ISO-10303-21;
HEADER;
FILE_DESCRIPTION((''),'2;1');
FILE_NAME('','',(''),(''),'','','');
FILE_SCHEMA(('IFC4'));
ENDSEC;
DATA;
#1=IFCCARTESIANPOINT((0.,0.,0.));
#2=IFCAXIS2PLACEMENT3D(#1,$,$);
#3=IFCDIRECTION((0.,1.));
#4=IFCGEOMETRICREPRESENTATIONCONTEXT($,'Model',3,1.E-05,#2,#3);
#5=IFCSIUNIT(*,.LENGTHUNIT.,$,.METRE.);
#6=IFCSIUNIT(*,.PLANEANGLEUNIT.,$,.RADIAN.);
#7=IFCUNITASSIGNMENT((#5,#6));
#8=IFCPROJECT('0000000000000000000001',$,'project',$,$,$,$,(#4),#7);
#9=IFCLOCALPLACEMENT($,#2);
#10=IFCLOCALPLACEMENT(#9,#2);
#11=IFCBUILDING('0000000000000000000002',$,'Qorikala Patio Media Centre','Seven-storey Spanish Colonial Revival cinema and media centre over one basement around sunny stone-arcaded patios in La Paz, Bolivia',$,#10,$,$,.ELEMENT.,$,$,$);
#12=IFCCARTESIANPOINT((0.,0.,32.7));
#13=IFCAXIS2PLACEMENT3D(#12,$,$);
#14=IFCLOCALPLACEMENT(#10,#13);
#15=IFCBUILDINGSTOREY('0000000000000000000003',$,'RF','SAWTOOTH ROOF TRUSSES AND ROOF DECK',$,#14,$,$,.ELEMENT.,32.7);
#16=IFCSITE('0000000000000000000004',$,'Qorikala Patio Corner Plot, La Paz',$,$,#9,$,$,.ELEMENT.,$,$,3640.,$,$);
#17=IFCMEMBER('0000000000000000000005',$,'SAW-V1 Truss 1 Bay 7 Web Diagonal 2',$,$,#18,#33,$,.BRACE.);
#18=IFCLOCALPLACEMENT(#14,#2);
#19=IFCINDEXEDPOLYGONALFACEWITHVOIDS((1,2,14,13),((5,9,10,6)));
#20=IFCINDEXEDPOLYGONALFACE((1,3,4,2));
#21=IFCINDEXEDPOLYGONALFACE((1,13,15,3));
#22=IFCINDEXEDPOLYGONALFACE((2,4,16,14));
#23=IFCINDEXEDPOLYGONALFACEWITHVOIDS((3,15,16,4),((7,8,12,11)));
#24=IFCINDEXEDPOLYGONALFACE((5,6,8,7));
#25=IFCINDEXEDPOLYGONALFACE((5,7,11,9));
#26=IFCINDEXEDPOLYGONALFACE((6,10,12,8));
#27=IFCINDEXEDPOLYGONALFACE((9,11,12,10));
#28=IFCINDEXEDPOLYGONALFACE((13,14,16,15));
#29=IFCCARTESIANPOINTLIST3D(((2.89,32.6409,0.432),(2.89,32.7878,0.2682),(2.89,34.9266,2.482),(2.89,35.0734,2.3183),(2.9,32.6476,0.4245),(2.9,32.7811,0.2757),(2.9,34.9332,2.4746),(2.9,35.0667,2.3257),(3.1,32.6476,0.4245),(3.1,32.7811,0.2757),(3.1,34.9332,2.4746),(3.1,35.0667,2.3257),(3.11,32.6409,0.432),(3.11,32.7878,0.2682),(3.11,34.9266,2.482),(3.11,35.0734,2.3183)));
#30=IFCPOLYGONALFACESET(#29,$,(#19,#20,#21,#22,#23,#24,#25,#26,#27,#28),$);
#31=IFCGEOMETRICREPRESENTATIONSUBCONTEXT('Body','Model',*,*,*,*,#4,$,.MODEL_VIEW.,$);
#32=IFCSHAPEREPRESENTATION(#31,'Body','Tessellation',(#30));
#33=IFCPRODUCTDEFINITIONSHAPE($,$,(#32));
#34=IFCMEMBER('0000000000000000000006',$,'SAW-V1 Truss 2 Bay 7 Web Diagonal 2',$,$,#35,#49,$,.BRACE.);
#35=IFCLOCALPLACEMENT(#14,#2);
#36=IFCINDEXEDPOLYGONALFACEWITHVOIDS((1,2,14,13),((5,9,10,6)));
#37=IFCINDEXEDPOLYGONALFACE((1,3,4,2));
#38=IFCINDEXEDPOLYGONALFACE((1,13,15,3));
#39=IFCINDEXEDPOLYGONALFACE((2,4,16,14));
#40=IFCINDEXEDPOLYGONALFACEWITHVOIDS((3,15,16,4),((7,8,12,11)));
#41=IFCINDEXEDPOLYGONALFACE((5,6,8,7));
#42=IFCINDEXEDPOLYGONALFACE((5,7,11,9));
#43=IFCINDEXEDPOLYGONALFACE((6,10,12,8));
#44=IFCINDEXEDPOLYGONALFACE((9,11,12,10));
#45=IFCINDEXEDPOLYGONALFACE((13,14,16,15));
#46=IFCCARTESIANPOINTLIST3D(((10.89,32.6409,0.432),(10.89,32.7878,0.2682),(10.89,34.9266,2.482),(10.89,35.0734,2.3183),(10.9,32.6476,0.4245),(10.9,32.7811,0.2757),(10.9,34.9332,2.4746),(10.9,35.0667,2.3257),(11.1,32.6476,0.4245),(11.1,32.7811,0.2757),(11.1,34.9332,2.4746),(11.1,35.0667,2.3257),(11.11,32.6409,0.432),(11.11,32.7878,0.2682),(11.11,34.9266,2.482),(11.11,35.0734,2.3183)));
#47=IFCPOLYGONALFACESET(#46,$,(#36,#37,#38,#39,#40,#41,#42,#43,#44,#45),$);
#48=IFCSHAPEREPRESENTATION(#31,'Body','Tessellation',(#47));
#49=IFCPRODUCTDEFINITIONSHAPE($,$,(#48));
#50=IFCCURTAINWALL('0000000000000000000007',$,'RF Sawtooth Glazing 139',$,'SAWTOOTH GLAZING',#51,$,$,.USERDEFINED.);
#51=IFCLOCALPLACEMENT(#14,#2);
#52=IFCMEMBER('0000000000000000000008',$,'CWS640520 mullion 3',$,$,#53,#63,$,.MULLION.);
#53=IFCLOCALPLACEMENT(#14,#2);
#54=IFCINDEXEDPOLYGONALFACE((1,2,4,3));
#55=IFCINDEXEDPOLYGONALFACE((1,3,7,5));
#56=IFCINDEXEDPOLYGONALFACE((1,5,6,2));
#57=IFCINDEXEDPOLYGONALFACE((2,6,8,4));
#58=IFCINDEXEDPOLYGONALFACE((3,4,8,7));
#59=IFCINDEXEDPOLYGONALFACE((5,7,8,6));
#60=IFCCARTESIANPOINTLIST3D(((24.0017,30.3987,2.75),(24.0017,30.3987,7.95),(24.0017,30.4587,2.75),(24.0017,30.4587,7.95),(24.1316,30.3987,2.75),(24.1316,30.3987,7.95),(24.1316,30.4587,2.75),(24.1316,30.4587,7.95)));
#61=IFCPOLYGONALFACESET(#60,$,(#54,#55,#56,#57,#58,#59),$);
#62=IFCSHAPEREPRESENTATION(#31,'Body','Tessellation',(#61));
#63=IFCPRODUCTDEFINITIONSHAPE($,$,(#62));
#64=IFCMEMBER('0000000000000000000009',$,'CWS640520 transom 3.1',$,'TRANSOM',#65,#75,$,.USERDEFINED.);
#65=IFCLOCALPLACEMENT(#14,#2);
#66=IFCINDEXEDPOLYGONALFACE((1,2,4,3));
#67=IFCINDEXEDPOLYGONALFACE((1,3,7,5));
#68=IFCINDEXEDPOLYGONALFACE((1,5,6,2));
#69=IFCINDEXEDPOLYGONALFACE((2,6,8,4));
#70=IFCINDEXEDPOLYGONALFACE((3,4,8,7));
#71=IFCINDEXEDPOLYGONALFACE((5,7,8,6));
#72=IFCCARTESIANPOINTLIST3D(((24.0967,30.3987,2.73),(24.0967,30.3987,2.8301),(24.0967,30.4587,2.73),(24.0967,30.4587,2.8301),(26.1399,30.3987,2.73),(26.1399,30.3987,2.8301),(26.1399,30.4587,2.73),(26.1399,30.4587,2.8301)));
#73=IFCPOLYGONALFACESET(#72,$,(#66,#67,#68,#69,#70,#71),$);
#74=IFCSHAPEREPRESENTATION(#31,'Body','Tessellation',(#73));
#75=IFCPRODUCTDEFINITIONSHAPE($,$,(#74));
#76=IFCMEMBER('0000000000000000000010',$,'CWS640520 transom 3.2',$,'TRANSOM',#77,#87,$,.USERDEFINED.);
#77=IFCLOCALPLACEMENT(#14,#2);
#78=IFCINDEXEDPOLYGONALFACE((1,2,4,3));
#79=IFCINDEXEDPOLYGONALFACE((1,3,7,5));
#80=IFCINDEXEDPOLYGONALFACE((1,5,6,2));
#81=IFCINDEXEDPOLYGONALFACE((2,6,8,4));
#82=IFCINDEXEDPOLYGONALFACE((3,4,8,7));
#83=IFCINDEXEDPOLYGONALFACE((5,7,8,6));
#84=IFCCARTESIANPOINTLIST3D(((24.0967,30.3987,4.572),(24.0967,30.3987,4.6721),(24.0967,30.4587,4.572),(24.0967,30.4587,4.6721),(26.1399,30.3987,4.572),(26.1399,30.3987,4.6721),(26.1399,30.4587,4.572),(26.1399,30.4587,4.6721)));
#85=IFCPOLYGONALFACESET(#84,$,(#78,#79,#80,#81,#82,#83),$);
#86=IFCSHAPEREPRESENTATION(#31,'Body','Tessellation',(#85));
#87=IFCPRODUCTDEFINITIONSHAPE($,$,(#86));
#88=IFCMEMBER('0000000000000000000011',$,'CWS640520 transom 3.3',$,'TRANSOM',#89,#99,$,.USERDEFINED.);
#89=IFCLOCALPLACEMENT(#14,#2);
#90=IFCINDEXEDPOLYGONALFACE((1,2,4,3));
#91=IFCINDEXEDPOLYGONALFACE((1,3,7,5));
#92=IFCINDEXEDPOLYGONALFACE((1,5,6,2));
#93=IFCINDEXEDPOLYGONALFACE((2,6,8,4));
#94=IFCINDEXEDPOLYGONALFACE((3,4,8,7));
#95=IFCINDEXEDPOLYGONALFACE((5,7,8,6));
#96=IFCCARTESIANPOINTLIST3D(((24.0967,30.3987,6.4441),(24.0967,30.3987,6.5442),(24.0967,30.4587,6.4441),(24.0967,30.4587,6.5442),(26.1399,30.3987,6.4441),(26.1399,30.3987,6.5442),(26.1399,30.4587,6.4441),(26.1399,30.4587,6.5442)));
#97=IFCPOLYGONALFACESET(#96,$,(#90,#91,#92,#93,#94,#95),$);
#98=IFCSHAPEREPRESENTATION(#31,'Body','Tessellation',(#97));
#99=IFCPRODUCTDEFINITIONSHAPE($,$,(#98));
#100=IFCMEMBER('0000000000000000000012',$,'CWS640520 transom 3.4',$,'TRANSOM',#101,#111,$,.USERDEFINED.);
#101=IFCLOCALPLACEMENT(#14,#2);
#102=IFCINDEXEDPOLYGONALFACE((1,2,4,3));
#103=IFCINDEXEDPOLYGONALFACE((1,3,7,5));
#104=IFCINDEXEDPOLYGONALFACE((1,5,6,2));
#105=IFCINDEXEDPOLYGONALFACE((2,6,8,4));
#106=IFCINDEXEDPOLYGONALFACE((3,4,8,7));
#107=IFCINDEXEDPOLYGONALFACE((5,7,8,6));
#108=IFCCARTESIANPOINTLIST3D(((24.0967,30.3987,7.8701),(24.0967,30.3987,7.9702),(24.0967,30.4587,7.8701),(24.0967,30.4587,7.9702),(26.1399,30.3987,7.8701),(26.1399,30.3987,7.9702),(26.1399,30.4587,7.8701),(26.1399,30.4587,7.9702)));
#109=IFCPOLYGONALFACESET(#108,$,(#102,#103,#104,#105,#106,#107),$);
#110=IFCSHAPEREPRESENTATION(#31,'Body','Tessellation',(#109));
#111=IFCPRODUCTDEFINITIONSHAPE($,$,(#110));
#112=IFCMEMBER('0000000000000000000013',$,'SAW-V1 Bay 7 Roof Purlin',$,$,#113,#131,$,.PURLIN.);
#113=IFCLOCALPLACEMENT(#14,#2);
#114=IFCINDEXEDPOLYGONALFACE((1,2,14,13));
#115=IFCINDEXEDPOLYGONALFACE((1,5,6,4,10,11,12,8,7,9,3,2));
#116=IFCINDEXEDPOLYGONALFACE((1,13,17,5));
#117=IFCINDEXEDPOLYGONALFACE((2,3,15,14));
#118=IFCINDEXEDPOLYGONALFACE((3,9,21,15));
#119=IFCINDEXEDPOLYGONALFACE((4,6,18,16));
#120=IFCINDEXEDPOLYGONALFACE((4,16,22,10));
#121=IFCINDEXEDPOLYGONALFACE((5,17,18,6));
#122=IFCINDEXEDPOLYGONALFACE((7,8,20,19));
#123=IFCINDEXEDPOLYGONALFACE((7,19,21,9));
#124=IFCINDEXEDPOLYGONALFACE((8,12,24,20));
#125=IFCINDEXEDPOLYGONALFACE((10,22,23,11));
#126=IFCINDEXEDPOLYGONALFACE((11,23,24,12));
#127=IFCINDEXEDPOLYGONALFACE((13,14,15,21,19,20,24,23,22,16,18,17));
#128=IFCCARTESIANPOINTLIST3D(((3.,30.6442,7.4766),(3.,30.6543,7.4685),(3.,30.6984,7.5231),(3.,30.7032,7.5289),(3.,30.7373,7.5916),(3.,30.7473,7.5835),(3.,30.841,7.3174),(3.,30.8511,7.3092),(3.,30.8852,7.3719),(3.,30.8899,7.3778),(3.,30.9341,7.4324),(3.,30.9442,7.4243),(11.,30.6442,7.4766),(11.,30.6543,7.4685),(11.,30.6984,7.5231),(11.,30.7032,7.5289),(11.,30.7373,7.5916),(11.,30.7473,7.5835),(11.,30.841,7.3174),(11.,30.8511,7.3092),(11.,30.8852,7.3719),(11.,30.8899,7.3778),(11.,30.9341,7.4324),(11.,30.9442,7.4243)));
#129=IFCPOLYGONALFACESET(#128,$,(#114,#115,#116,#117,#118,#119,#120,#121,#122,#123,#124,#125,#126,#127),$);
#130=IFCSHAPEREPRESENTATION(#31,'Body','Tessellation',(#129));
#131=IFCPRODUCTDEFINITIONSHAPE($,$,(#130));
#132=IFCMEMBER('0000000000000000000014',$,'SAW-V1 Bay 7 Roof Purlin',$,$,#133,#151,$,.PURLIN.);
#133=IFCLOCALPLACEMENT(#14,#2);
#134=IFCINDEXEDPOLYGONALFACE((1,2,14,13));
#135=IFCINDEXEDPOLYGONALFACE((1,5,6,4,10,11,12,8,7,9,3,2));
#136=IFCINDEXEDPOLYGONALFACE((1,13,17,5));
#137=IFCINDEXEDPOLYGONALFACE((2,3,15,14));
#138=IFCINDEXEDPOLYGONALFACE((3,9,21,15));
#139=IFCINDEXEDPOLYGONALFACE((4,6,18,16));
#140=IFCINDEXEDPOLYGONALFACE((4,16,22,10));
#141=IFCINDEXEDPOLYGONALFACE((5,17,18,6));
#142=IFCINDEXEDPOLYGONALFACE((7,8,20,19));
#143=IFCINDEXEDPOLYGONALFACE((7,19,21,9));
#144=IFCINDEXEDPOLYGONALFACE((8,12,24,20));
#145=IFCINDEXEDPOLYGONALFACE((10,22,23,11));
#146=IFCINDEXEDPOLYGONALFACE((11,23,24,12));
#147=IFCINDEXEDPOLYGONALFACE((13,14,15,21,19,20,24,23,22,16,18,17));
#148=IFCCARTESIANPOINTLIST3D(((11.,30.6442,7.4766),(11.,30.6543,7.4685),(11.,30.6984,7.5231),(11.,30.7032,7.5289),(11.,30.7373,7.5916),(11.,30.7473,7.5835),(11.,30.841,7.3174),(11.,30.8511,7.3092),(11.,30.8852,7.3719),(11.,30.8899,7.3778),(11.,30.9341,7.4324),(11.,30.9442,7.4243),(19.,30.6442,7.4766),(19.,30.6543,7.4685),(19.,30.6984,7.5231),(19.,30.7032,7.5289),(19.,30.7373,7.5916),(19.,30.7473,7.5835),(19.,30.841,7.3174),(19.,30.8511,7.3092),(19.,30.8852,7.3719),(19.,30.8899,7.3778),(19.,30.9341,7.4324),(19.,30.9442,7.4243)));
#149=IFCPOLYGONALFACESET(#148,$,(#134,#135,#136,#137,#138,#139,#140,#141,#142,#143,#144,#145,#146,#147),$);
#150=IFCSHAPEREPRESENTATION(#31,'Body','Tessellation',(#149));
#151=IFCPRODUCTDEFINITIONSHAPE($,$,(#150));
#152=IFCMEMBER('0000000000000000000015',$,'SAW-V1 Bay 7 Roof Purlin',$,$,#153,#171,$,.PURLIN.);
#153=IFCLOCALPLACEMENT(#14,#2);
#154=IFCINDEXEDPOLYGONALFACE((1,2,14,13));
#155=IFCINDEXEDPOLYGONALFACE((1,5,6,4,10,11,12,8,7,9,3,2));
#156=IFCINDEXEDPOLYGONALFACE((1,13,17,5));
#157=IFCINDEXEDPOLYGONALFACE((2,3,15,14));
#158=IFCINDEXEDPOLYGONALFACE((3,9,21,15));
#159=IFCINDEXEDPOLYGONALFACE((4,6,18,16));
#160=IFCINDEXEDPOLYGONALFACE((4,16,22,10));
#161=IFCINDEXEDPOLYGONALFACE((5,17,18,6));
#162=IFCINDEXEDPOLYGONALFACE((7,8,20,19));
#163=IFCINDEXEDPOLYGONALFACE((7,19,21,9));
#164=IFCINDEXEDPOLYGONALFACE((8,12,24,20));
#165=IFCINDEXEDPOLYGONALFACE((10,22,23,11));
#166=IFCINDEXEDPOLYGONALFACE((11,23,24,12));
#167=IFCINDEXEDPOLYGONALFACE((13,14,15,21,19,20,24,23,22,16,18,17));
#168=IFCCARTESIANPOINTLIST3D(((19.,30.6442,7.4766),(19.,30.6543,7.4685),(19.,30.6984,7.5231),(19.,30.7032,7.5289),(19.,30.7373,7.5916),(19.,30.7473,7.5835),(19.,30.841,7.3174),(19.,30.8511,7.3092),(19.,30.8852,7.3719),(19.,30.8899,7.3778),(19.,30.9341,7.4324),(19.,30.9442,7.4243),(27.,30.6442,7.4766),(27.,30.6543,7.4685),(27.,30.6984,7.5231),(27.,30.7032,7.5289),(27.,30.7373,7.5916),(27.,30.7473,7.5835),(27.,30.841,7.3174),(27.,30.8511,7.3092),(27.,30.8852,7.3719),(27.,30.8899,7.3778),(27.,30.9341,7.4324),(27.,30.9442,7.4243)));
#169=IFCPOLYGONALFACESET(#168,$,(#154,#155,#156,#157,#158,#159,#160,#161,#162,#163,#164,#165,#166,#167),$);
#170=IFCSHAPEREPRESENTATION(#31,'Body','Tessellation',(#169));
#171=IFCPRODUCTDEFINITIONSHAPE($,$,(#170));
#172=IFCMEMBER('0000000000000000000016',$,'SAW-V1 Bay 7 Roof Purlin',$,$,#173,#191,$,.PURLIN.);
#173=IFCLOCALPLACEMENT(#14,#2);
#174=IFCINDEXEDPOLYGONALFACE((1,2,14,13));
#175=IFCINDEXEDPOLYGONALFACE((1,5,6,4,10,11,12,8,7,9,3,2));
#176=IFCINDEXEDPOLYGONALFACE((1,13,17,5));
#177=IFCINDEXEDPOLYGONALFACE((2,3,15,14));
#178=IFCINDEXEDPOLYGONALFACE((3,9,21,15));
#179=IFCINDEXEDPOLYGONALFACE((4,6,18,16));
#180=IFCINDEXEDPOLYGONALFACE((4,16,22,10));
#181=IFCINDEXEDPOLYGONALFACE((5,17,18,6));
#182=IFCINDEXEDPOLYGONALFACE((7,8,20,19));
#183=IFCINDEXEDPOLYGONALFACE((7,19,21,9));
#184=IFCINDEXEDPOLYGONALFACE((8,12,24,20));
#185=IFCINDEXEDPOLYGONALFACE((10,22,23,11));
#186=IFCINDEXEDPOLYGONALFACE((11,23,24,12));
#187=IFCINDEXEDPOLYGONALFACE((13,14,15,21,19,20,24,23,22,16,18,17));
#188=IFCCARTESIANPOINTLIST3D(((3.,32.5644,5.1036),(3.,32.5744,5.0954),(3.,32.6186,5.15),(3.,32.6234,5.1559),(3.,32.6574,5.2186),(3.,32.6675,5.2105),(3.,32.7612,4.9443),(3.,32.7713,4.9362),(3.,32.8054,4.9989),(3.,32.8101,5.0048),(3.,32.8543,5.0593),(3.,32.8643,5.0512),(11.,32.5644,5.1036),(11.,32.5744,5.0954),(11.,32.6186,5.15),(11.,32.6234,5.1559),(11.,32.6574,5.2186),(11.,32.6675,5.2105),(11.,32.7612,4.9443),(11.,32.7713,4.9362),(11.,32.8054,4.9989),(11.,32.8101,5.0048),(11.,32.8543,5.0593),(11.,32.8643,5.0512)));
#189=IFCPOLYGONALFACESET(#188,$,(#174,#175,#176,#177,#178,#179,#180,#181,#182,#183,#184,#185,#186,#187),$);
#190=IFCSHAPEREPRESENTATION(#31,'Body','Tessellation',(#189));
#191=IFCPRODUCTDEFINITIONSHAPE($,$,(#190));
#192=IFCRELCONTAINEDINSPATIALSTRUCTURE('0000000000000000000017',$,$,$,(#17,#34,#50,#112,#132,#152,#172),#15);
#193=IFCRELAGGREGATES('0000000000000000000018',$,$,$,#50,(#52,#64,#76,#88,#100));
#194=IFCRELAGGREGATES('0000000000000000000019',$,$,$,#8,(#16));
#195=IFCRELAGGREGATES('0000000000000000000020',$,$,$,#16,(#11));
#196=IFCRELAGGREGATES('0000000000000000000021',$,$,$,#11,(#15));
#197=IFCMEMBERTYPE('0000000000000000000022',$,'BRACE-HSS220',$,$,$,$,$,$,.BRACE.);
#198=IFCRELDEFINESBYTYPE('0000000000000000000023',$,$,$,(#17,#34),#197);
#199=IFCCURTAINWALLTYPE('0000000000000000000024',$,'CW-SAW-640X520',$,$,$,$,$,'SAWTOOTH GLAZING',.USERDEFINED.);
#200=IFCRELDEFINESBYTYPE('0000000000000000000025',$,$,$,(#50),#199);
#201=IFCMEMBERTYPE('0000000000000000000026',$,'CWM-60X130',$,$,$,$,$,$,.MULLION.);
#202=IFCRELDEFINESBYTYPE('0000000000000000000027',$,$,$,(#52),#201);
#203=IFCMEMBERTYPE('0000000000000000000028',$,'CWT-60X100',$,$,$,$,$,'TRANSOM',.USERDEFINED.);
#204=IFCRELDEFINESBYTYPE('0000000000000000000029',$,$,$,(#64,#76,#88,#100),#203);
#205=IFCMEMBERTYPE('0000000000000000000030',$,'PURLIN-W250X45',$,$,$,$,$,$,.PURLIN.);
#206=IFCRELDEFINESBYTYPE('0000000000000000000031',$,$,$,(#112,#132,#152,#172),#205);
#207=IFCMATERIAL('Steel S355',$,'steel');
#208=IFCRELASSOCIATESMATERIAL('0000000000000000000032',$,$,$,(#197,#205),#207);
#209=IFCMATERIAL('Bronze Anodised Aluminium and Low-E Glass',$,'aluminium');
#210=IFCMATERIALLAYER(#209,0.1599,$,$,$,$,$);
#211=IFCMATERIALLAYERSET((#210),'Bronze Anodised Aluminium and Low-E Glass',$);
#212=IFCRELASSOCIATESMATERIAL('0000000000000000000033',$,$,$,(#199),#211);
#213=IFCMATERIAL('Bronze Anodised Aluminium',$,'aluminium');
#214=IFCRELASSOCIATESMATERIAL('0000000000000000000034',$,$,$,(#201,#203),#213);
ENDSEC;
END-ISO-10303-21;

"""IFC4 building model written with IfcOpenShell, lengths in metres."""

from ifc_helpers import new_model, si_unit, direction, frame, origin, origin_2d, place, context, subcontext, project, spatial, rectangle, hollow_rectangle, i_section, extrude, material, layer, layer_set, material_profile, profile_set, type_object, element, aggregate, save


model = new_model("IFC4")

# Units and contexts
model_context = context("Model", 3, precision=1e-05, world=origin(), true_north=direction((0.0, 1.0)))
body_context = subcontext(model_context, "Body", "Model", "MODEL_VIEW")
ifc_project = project(units=[si_unit("LENGTHUNIT", "METRE"), si_unit("PLANEANGLEUNIT", "RADIAN")], contexts=[model_context])

# Site, building, storey
site_placement = place(None, origin())
site = spatial("IfcSite", under=ifc_project, at=site_placement, Name="Qorikala Patio Corner Plot, La Paz", CompositionType="ELEMENT", RefElevation=3640.0)
building_placement = place(site_placement, origin())
building = spatial("IfcBuilding", under=site, at=building_placement, Name="Qorikala Patio Media Centre", Description="Seven-storey Spanish Colonial Revival cinema and media centre over one basement around sunny stone-arcaded patios in La Paz, Bolivia", CompositionType="ELEMENT")
storey_placement = place(building_placement, frame((0.0, 0.0, 32.7)))
storey = spatial("IfcBuildingStorey", under=building, at=storey_placement, Name="RF", Description="SAWTOOTH ROOF TRUSSES AND ROOF DECK", CompositionType="ELEMENT", Elevation=32.7)

# Members
ifc_material_1 = material(Name="Steel S355", Category="steel")
ifc_material_profile_1 = material_profile(ifc_material_1, hollow_rectangle(XDim=0.22, YDim=0.22, WallThickness=0.01, at=origin_2d()), Name="HSS220X220X10")
ifc_profile_set_1 = profile_set([ifc_material_profile_1], Name="Steel S355")
member_type_1 = type_object("IfcMemberType", Name="BRACE-HSS220", PredefinedType="BRACE", material=ifc_profile_set_1)
for number, where, z_axis, x_axis, name in (
    (1, (3.0, 32.7144, 0.3501), (0.0, 0.744432, 0.667699), (-1.0, 0.0, 0.0), "SAW-V1 Truss 1 Bay 7 Web Diagonal 2"),
    (2, (11.0, 32.7144, 0.3501), (0.0, 0.744432, 0.667699), (-1.0, 0.0, 0.0), "SAW-V1 Truss 2 Bay 7 Web Diagonal 2"),
):
    element("IfcMember", number, at=place(storey_placement, frame(where, z_axis=z_axis, x_axis=x_axis)), inside=storey, type_object=member_type_1, Name=name, PredefinedType="BRACE", context=body_context, shape_type="SweptSolid", body=[
        extrude(hollow_rectangle(XDim=0.22, YDim=0.22, WallThickness=0.01, at=origin_2d()), origin(), (0.0, 0.0, 1.0), 3.0703),
    ])

# Curtain wall, members
ifc_material_2 = material(Name="Bronze Anodised Aluminium and Low-E Glass", Category="aluminium")
ifc_layer_1 = layer(ifc_material_2, 0.1599)
ifc_layer_set_1 = layer_set([ifc_layer_1], Name="Bronze Anodised Aluminium and Low-E Glass")
curtain_wall_type = type_object("IfcCurtainWallType", Name="CW-SAW-640X520", ElementType="SAWTOOTH GLAZING", PredefinedType="USERDEFINED", material=ifc_layer_set_1)
curtain_wall_placement = place(storey_placement, origin())
curtain_wall = element("IfcCurtainWall", 3, at=curtain_wall_placement, inside=storey, type_object=curtain_wall_type, Name="RF Sawtooth Glazing 139", ObjectType="SAWTOOTH GLAZING", PredefinedType="USERDEFINED")
ifc_material_3 = material(Name="Bronze Anodised Aluminium", Category="aluminium")
ifc_material_profile_2 = material_profile(ifc_material_3, rectangle(XDim=0.0601, YDim=0.1299, at=origin_2d()), Name="ALU MULLION 60x130")
ifc_profile_set_2 = profile_set([ifc_material_profile_2], Name="Bronze Anodised Aluminium")
member_type_2 = type_object("IfcMemberType", Name="CWM-60X130", PredefinedType="MULLION", material=ifc_profile_set_2)
member_1_placement = place(storey_placement, frame((24.0667, 30.4287, 2.75), z_axis=(0.0, 0.0, 1.0), x_axis=(0.0, 1.0, 0.0)))
member_1 = element("IfcMember", 4, at=member_1_placement, type_object=member_type_2, Name="CWS640520 mullion 3", PredefinedType="MULLION", context=body_context, shape_type="SweptSolid", body=[
    extrude(rectangle(XDim=0.0601, YDim=0.1299, at=origin_2d()), origin(), (0.0, 0.0, 1.0), 5.2),
])
ifc_material_profile_3 = material_profile(ifc_material_3, rectangle(XDim=0.0601, YDim=0.1001, at=origin_2d()), Name="ALU TRANSOM 60x100")
ifc_profile_set_3 = profile_set([ifc_material_profile_3], Name="Bronze Anodised Aluminium")
member_type_3 = type_object("IfcMemberType", Name="CWT-60X100", ElementType="TRANSOM", PredefinedType="USERDEFINED", material=ifc_profile_set_3)
member_2_placement = place(storey_placement, frame((24.0967, 30.4287, 2.78), z_axis=(1.0, 0.0, 0.0), x_axis=(0.0, 1.0, 0.0)))
member_2 = element("IfcMember", 5, at=member_2_placement, type_object=member_type_3, Name="CWS640520 transom 3.1", ObjectType="TRANSOM", PredefinedType="USERDEFINED", context=body_context, shape_type="SweptSolid", body=[
    extrude(rectangle(XDim=0.0601, YDim=0.1001, at=origin_2d()), origin(), (0.0, 0.0, 1.0), 2.0432),
])
member_3_placement = place(storey_placement, frame((24.0967, 30.4287, 4.6221), z_axis=(1.0, 0.0, 0.0), x_axis=(0.0, 1.0, 0.0)))
member_3 = element("IfcMember", 6, at=member_3_placement, type_object=member_type_3, Name="CWS640520 transom 3.2", ObjectType="TRANSOM", PredefinedType="USERDEFINED", context=body_context, shape_type="SweptSolid", body=[
    extrude(rectangle(XDim=0.0601, YDim=0.1001, at=origin_2d()), origin(), (0.0, 0.0, 1.0), 2.0432),
])
member_4_placement = place(storey_placement, frame((24.0967, 30.4287, 6.4941), z_axis=(1.0, 0.0, 0.0), x_axis=(0.0, 1.0, 0.0)))
member_4 = element("IfcMember", 7, at=member_4_placement, type_object=member_type_3, Name="CWS640520 transom 3.3", ObjectType="TRANSOM", PredefinedType="USERDEFINED", context=body_context, shape_type="SweptSolid", body=[
    extrude(rectangle(XDim=0.0601, YDim=0.1001, at=origin_2d()), origin(), (0.0, 0.0, 1.0), 2.0432),
])
member_5_placement = place(storey_placement, frame((24.0967, 30.4287, 7.9202), z_axis=(1.0, 0.0, 0.0), x_axis=(0.0, 1.0, 0.0)))
member_5 = element("IfcMember", 8, at=member_5_placement, type_object=member_type_3, Name="CWS640520 transom 3.4", ObjectType="TRANSOM", PredefinedType="USERDEFINED", context=body_context, shape_type="SweptSolid", body=[
    extrude(rectangle(XDim=0.0601, YDim=0.1001, at=origin_2d()), origin(), (0.0, 0.0, 1.0), 2.0432),
])

# Members
ifc_material_profile_4 = material_profile(ifc_material_1, i_section(OverallWidth=0.1479, OverallDepth=0.2661, WebThickness=0.0076, FlangeThickness=0.0129, at=origin_2d()), Name="W250X45")
ifc_profile_set_4 = profile_set([ifc_material_profile_4], Name="Steel S355")
member_type_4 = type_object("IfcMemberType", Name="PURLIN-W250X45", PredefinedType="PURLIN", material=ifc_profile_set_4)
for number, where, z_axis, x_axis, name in (
    (9, (3.0, 30.7942, 7.4504), (1.0, 0.0, 0.0), (0.0, 0.628995, 0.77741), "SAW-V1 Bay 7 Roof Purlin"),
    (10, (11.0, 30.7942, 7.4504), (1.0, 0.0, 0.0), (0.0, 0.628995, 0.77741), "SAW-V1 Bay 7 Roof Purlin"),
    (11, (19.0, 30.7942, 7.4504), (1.0, 0.0, 0.0), (0.0, 0.628995, 0.77741), "SAW-V1 Bay 7 Roof Purlin"),
    (12, (3.0, 32.7144, 5.0774), (1.0, 0.0, 0.0), (0.0, 0.628995, 0.77741), "SAW-V1 Bay 7 Roof Purlin"),
):
    element("IfcMember", number, at=place(storey_placement, frame(where, z_axis=z_axis, x_axis=x_axis)), inside=storey, type_object=member_type_4, Name=name, PredefinedType="PURLIN", context=body_context, shape_type="SweptSolid", body=[
        extrude(i_section(OverallWidth=0.1479, OverallDepth=0.2661, WebThickness=0.0076, FlangeThickness=0.0129, at=origin_2d()), origin(), (0.0, 0.0, 1.0), 8.0),
    ])

aggregate(curtain_wall, [member_1, member_2, member_3, member_4, member_5])

save(model, "model.ifc")
